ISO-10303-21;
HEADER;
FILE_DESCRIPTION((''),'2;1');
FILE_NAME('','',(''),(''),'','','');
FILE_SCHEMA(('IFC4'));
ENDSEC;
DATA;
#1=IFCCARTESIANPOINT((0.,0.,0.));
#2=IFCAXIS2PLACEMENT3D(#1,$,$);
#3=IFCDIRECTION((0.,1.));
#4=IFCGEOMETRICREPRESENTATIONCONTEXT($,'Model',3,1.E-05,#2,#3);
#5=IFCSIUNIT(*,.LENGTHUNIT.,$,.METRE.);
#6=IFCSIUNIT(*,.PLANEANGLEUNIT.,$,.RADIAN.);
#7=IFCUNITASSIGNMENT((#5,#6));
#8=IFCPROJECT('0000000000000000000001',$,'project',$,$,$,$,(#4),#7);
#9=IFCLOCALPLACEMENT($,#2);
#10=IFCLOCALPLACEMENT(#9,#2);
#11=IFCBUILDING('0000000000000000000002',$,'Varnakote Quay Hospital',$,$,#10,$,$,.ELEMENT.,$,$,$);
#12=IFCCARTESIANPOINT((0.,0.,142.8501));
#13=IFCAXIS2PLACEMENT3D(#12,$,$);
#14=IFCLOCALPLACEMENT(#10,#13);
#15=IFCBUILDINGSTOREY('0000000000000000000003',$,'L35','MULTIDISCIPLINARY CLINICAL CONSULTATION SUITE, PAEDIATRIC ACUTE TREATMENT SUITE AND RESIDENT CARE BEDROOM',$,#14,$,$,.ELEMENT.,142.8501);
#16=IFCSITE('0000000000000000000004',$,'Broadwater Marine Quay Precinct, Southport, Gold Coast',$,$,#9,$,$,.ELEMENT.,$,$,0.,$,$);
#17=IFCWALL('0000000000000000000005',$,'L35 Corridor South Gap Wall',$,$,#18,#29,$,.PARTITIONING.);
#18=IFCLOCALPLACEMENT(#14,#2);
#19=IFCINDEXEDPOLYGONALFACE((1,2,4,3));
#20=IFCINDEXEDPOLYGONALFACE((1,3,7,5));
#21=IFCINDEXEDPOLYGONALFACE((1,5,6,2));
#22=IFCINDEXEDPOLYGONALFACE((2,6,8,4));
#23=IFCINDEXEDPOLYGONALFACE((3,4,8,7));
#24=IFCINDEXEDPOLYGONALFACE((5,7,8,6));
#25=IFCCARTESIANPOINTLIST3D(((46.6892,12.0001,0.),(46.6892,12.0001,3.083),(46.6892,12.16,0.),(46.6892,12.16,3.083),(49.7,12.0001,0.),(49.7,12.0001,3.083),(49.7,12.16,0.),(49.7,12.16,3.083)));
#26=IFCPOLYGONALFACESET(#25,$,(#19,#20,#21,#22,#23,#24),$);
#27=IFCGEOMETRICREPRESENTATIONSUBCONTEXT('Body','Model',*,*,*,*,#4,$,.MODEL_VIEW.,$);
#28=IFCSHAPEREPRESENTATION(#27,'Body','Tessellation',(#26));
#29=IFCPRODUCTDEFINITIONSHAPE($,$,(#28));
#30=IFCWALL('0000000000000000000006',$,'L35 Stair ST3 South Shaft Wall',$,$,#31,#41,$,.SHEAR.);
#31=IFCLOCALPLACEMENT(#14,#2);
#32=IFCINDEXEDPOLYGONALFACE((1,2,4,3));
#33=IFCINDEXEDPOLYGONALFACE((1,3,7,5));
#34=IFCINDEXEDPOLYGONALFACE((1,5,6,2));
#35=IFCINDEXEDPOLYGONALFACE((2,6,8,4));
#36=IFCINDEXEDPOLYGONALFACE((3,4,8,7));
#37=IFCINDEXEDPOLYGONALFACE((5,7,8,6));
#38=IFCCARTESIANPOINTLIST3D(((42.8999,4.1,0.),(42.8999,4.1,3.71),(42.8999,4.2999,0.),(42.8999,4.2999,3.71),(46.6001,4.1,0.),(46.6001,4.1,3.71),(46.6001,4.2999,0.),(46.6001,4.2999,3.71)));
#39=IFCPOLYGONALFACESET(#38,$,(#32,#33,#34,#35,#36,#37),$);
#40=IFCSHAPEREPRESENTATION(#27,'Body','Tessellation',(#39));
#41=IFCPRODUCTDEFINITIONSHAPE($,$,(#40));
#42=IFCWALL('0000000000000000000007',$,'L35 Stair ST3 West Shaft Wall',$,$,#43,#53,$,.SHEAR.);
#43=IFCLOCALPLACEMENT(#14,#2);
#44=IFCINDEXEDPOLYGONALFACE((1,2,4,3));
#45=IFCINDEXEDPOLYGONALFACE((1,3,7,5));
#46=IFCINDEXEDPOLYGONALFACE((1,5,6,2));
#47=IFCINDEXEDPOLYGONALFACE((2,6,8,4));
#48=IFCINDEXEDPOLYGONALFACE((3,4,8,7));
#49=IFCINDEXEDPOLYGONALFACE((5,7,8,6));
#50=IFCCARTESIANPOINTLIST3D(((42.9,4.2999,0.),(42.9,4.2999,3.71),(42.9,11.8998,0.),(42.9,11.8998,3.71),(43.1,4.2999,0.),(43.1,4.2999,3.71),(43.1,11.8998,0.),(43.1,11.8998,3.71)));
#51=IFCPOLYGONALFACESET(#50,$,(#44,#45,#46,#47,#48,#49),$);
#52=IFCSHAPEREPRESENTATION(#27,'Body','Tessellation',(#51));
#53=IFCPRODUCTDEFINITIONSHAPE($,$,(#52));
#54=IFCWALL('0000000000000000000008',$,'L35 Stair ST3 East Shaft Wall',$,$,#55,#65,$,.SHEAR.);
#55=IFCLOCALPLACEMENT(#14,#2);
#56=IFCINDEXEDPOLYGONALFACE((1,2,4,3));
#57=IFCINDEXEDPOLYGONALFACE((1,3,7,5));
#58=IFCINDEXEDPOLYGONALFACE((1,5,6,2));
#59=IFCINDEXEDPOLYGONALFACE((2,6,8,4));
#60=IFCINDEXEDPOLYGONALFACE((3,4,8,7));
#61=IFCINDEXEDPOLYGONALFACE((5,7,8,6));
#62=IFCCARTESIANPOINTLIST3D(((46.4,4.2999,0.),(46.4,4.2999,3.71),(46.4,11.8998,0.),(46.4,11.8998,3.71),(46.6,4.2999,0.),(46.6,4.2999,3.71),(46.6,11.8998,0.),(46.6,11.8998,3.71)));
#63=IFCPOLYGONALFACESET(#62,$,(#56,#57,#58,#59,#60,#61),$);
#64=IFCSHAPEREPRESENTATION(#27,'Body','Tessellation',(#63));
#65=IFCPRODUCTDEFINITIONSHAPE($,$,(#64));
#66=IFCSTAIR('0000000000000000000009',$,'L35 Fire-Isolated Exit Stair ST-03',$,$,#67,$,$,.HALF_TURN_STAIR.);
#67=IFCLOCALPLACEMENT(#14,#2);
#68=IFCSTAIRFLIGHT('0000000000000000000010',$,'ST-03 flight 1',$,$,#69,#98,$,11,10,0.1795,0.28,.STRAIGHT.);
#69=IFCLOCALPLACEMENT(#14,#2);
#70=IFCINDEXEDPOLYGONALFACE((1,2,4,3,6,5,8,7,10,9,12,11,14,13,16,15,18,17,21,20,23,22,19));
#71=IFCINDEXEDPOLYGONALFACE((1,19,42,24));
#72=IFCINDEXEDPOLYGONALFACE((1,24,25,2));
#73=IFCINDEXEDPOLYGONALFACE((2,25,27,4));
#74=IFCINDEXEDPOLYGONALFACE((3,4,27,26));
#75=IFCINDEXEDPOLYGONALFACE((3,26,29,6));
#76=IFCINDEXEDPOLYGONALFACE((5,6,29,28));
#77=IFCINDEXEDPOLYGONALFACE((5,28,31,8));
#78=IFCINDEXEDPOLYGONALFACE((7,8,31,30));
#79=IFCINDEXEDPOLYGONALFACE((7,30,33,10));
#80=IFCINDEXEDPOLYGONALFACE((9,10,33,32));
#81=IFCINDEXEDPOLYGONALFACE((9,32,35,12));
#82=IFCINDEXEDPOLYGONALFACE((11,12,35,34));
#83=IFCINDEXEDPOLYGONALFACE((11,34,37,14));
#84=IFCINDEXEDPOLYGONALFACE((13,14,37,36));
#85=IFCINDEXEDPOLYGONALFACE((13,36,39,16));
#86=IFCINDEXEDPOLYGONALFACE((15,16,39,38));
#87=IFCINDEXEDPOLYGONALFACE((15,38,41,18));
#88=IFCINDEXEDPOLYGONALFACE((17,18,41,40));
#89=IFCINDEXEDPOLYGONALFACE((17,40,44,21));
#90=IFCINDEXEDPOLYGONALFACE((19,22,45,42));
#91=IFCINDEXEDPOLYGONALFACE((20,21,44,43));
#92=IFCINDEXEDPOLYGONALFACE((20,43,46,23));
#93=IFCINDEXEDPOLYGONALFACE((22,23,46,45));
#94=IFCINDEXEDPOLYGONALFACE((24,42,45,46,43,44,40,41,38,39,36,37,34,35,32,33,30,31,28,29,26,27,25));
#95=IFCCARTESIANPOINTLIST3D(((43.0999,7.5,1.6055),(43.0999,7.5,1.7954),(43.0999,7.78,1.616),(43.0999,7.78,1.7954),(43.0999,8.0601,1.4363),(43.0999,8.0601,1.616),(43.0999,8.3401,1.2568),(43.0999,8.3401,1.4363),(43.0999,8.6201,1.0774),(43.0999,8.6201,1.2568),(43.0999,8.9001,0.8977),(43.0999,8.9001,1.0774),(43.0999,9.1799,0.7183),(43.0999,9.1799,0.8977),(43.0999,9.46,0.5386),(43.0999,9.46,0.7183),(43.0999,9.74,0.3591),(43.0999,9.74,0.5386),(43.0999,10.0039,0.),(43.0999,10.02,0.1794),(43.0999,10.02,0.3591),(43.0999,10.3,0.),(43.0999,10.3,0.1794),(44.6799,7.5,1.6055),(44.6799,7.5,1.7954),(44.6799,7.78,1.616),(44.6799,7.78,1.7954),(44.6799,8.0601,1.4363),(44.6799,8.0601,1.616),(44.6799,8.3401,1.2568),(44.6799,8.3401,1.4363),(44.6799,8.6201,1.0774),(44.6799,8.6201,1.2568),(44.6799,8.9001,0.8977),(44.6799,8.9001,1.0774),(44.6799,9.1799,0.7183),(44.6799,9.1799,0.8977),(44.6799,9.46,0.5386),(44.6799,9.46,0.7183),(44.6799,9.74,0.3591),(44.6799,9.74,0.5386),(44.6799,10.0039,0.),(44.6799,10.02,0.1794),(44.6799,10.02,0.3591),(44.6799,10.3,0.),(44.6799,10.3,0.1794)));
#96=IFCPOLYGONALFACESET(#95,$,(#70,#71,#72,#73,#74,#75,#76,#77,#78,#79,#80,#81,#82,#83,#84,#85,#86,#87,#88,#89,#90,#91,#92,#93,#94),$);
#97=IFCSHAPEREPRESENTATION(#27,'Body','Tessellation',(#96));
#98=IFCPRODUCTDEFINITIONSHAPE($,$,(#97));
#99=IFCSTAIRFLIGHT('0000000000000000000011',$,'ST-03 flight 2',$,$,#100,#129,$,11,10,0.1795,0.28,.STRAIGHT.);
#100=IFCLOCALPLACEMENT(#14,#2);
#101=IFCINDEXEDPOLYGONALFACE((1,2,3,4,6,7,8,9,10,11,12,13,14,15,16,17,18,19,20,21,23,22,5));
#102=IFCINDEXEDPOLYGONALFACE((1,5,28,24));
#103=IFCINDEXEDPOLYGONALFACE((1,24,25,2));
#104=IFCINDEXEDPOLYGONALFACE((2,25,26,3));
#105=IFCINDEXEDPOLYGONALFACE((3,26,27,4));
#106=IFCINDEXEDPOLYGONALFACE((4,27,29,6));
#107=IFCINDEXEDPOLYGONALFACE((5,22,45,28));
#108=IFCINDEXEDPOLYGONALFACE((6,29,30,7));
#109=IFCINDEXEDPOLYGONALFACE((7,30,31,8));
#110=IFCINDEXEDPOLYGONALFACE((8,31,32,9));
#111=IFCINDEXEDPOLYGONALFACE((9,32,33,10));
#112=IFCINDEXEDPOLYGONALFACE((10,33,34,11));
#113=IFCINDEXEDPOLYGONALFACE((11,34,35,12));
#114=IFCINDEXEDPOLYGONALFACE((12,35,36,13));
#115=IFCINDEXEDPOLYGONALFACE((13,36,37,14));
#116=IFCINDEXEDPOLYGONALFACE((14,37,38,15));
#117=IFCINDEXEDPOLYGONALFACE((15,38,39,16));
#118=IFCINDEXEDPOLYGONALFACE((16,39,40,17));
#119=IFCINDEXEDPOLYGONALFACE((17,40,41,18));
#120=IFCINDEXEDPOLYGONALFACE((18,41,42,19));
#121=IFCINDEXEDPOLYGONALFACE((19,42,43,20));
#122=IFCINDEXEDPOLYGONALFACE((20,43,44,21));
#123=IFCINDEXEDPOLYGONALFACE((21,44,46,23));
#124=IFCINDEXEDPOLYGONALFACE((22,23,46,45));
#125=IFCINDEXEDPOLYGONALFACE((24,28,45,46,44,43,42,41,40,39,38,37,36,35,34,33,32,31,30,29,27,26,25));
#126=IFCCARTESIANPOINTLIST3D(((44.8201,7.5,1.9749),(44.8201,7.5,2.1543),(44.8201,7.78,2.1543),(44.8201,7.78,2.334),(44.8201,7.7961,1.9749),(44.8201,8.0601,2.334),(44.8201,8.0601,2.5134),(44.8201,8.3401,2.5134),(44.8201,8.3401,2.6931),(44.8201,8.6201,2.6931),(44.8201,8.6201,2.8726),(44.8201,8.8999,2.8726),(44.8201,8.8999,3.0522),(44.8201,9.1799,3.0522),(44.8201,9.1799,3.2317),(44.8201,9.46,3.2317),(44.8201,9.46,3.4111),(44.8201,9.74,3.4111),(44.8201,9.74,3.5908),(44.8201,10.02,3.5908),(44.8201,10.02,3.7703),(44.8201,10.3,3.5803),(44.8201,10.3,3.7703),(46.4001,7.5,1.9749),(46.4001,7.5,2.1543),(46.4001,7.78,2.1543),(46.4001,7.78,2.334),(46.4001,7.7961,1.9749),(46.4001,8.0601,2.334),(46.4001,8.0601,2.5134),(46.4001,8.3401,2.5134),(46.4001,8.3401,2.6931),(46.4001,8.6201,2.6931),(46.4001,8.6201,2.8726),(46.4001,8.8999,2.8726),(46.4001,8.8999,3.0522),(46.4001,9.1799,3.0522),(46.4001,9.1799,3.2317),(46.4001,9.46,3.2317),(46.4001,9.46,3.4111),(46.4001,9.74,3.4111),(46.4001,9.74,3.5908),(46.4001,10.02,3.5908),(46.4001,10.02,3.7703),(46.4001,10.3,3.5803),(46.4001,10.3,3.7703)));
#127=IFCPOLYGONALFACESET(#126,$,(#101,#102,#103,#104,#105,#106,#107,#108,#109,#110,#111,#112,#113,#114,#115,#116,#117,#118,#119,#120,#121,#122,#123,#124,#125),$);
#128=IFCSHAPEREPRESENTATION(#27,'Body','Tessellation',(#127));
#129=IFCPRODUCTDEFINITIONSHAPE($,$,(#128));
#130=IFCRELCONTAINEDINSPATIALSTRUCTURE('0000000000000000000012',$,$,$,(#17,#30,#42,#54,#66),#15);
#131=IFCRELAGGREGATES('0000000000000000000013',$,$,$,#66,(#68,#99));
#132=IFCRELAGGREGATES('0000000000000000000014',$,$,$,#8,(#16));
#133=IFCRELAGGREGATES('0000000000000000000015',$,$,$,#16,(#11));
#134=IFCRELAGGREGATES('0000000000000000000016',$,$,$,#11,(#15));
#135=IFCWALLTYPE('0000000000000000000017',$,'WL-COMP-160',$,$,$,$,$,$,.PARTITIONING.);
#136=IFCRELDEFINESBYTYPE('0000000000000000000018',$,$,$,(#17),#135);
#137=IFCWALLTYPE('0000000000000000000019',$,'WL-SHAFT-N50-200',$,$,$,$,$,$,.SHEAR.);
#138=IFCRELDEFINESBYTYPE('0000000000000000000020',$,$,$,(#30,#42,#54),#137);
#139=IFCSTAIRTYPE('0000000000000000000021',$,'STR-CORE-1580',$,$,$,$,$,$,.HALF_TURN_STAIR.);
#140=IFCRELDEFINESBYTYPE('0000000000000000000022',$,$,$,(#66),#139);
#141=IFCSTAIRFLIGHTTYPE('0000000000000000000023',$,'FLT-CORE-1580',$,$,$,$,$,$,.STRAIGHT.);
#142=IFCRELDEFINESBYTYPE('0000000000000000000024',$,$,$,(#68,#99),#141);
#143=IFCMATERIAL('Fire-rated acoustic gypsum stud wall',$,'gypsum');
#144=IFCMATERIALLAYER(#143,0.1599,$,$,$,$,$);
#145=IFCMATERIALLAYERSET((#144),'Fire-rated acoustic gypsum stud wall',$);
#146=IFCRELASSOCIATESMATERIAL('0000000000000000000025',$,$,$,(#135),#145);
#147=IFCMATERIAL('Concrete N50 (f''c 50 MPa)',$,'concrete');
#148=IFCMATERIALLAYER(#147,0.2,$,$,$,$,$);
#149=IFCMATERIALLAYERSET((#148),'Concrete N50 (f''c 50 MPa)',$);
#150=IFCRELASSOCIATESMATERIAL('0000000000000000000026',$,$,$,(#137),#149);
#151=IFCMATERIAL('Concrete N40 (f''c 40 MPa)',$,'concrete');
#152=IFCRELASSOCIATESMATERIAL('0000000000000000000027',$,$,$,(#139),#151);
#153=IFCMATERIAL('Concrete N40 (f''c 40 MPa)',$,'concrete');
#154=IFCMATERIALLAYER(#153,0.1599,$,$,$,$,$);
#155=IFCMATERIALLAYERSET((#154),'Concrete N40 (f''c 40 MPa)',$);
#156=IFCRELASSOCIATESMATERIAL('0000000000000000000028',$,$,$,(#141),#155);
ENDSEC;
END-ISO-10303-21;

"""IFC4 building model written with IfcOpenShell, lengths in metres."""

from ifc_helpers import new_model, si_unit, direction, frame, frame_2d, origin, place, context, subcontext, project, spatial, polyline, rectangle, outline, extrude, material, layer, layer_set, type_object, element, aggregate, save


model = new_model("IFC4")

# Units and contexts
model_context = context("Model", 3, precision=1e-05, world=origin(), true_north=direction((0.0, 1.0)))
body_context = subcontext(model_context, "Body", "Model", "MODEL_VIEW")
ifc_project = project(units=[si_unit("LENGTHUNIT", "METRE"), si_unit("PLANEANGLEUNIT", "RADIAN")], contexts=[model_context])

# Site, building, storey
site_placement = place(None, origin())
site = spatial("IfcSite", under=ifc_project, at=site_placement, Name="Broadwater Marine Quay Precinct, Southport, Gold Coast", CompositionType="ELEMENT", RefElevation=0.0)
building_placement = place(site_placement, origin())
building = spatial("IfcBuilding", under=site, at=building_placement, Name="Varnakote Quay Hospital", CompositionType="ELEMENT")
storey_placement = place(building_placement, frame((0.0, 0.0, 142.8501)))
storey = spatial("IfcBuildingStorey", under=building, at=storey_placement, Name="L35", Description="MULTIDISCIPLINARY CLINICAL CONSULTATION SUITE, PAEDIATRIC ACUTE TREATMENT SUITE AND RESIDENT CARE BEDROOM", CompositionType="ELEMENT", Elevation=142.8501)

# Walls
ifc_material_1 = material(Name="Fire-rated acoustic gypsum stud wall", Category="gypsum")
ifc_layer_1 = layer(ifc_material_1, 0.1599)
ifc_layer_set_1 = layer_set([ifc_layer_1], Name="Fire-rated acoustic gypsum stud wall")
wall_type_1 = type_object("IfcWallType", Name="WL-COMP-160", PredefinedType="PARTITIONING", material=ifc_layer_set_1)
wall_1_placement = place(storey_placement, frame((46.6892, 12.0801, 0.0), z_axis=(0.0, 0.0, 1.0), x_axis=(1.0, 0.0, 0.0)))
element("IfcWall", 1, at=wall_1_placement, inside=storey, type_object=wall_type_1, Name="L35 Corridor South Gap Wall", PredefinedType="PARTITIONING", context=body_context, shape_type="SweptSolid", body=[
    extrude(rectangle(XDim=3.0107, YDim=0.1599, at=frame_2d((1.5054, 0.0))), origin(), (0.0, 0.0, 1.0), 3.083),
])
ifc_material_2 = material(Name="Concrete N50 (f'c 50 MPa)", Category="concrete")
ifc_layer_2 = layer(ifc_material_2, 0.2)
ifc_layer_set_2 = layer_set([ifc_layer_2], Name="Concrete N50 (f'c 50 MPa)")
wall_type_2 = type_object("IfcWallType", Name="WL-SHAFT-N50-200", PredefinedType="SHEAR", material=ifc_layer_set_2)
wall_2_placement = place(storey_placement, frame((42.8999, 4.2, 0.0), z_axis=(0.0, 0.0, 1.0), x_axis=(1.0, 0.0, 0.0)))
element("IfcWall", 2, at=wall_2_placement, inside=storey, type_object=wall_type_2, Name="L35 Stair ST3 South Shaft Wall", PredefinedType="SHEAR", context=body_context, shape_type="SweptSolid", body=[
    extrude(rectangle(XDim=3.7002, YDim=0.2, at=frame_2d((1.8501, 0.0))), origin(), (0.0, 0.0, 1.0), 3.71),
])
for number, where, z_axis, x_axis, name in (
    (3, (43.0, 4.3, 0.0), (0.0, 0.0, 1.0), (0.0, 1.0, 0.0), "L35 Stair ST3 West Shaft Wall"),
    (4, (46.5, 4.3, 0.0), (0.0, 0.0, 1.0), (0.0, 1.0, 0.0), "L35 Stair ST3 East Shaft Wall"),
):
    element("IfcWall", number, at=place(storey_placement, frame(where, z_axis=z_axis, x_axis=x_axis)), inside=storey, type_object=wall_type_2, Name=name, PredefinedType="SHEAR", context=body_context, shape_type="SweptSolid", body=[
        extrude(rectangle(XDim=7.5999, YDim=0.2, at=frame_2d((3.7998, 0.0))), origin(), (0.0, 0.0, 1.0), 3.71),
    ])

# Stair, stair flights
ifc_material_3 = material(Name="Concrete N40 (f'c 40 MPa)", Category="concrete")
stair_type = type_object("IfcStairType", Name="STR-CORE-1580", PredefinedType="HALF_TURN_STAIR", material=ifc_material_3)
stair_placement = place(storey_placement, origin())
stair = element("IfcStair", 5, at=stair_placement, inside=storey, type_object=stair_type, Name="L35 Fire-Isolated Exit Stair ST-03", PredefinedType="HALF_TURN_STAIR")
ifc_material_4 = material(Name="Concrete N40 (f'c 40 MPa)", Category="concrete")
ifc_layer_3 = layer(ifc_material_4, 0.1599)
ifc_layer_set_3 = layer_set([ifc_layer_3], Name="Concrete N40 (f'c 40 MPa)")
stair_flight_type = type_object("IfcStairFlightType", Name="FLT-CORE-1580", PredefinedType="STRAIGHT", material=ifc_layer_set_3)
stair_flight_1_placement = place(storey_placement, frame((43.8899, 10.3, 0.0), z_axis=(0.0, 0.0, 1.0), x_axis=(0.0, -1.0, 0.0)))
stair_flight_1 = element("IfcStairFlight", 6, at=stair_flight_1_placement, type_object=stair_flight_type, Name="ST-03 flight 1", NumberOfRisers=11, NumberOfTreads=10, PredefinedType="STRAIGHT", RiserHeight=0.1795, TreadLength=0.28, context=body_context, shape_type="SweptSolid", body=[
    extrude(outline(polyline([(0.0, 0.0), (0.0, 0.1794), (0.28, 0.1794), (0.28, 0.3591), (0.5601, 0.3591), (0.5601, 0.5386), (0.8401, 0.5386), (0.8401, 0.7183), (1.1201, 0.7183), (1.1201, 0.8977), (1.3999, 0.8977), (1.3999, 1.0774), (1.6799, 1.0774), (1.6799, 1.2568), (1.96, 1.2568), (1.96, 1.4363), (2.24, 1.4363), (2.24, 1.616), (2.52, 1.616), (2.52, 1.7954), (2.8, 1.7954), (2.8, 1.9751), (2.8, 1.6055), (0.2961, 0.0), (0.0, 0.0)])), frame((0.0, 0.79, 0.0), z_axis=(0.0, -1.0, 0.0), x_axis=(1.0, 0.0, 0.0)), (0.0, 0.0, 1.0), 1.5801),
])
stair_flight_2_placement = place(storey_placement, frame((45.6101, 7.5, 1.9749), z_axis=(0.0, 0.0, 1.0), x_axis=(0.0, 1.0, 0.0)))
stair_flight_2 = element("IfcStairFlight", 7, at=stair_flight_2_placement, type_object=stair_flight_type, Name="ST-03 flight 2", NumberOfRisers=11, NumberOfTreads=10, PredefinedType="STRAIGHT", RiserHeight=0.1795, TreadLength=0.28, context=body_context, shape_type="SweptSolid", body=[
    extrude(outline(polyline([(0.0, 0.0), (0.0, 0.1794), (0.28, 0.1794), (0.28, 0.3591), (0.5601, 0.3591), (0.5601, 0.5386), (0.8401, 0.5386), (0.8401, 0.7183), (1.1201, 0.7183), (1.1201, 0.8977), (1.3999, 0.8977), (1.3999, 1.0774), (1.6799, 1.0774), (1.6799, 1.2568), (1.96, 1.2568), (1.96, 1.4363), (2.24, 1.4363), (2.24, 1.616), (2.52, 1.616), (2.52, 1.7954), (2.8, 1.7954), (2.8, 1.9751), (2.8, 1.6055), (0.2961, 0.0), (0.0, 0.0)])), frame((0.0, 0.79, 0.0), z_axis=(0.0, -1.0, 0.0), x_axis=(1.0, 0.0, 0.0)), (0.0, 0.0, 1.0), 1.5801),
])
aggregate(stair, [stair_flight_1, stair_flight_2])

save(model, "model.ifc")
